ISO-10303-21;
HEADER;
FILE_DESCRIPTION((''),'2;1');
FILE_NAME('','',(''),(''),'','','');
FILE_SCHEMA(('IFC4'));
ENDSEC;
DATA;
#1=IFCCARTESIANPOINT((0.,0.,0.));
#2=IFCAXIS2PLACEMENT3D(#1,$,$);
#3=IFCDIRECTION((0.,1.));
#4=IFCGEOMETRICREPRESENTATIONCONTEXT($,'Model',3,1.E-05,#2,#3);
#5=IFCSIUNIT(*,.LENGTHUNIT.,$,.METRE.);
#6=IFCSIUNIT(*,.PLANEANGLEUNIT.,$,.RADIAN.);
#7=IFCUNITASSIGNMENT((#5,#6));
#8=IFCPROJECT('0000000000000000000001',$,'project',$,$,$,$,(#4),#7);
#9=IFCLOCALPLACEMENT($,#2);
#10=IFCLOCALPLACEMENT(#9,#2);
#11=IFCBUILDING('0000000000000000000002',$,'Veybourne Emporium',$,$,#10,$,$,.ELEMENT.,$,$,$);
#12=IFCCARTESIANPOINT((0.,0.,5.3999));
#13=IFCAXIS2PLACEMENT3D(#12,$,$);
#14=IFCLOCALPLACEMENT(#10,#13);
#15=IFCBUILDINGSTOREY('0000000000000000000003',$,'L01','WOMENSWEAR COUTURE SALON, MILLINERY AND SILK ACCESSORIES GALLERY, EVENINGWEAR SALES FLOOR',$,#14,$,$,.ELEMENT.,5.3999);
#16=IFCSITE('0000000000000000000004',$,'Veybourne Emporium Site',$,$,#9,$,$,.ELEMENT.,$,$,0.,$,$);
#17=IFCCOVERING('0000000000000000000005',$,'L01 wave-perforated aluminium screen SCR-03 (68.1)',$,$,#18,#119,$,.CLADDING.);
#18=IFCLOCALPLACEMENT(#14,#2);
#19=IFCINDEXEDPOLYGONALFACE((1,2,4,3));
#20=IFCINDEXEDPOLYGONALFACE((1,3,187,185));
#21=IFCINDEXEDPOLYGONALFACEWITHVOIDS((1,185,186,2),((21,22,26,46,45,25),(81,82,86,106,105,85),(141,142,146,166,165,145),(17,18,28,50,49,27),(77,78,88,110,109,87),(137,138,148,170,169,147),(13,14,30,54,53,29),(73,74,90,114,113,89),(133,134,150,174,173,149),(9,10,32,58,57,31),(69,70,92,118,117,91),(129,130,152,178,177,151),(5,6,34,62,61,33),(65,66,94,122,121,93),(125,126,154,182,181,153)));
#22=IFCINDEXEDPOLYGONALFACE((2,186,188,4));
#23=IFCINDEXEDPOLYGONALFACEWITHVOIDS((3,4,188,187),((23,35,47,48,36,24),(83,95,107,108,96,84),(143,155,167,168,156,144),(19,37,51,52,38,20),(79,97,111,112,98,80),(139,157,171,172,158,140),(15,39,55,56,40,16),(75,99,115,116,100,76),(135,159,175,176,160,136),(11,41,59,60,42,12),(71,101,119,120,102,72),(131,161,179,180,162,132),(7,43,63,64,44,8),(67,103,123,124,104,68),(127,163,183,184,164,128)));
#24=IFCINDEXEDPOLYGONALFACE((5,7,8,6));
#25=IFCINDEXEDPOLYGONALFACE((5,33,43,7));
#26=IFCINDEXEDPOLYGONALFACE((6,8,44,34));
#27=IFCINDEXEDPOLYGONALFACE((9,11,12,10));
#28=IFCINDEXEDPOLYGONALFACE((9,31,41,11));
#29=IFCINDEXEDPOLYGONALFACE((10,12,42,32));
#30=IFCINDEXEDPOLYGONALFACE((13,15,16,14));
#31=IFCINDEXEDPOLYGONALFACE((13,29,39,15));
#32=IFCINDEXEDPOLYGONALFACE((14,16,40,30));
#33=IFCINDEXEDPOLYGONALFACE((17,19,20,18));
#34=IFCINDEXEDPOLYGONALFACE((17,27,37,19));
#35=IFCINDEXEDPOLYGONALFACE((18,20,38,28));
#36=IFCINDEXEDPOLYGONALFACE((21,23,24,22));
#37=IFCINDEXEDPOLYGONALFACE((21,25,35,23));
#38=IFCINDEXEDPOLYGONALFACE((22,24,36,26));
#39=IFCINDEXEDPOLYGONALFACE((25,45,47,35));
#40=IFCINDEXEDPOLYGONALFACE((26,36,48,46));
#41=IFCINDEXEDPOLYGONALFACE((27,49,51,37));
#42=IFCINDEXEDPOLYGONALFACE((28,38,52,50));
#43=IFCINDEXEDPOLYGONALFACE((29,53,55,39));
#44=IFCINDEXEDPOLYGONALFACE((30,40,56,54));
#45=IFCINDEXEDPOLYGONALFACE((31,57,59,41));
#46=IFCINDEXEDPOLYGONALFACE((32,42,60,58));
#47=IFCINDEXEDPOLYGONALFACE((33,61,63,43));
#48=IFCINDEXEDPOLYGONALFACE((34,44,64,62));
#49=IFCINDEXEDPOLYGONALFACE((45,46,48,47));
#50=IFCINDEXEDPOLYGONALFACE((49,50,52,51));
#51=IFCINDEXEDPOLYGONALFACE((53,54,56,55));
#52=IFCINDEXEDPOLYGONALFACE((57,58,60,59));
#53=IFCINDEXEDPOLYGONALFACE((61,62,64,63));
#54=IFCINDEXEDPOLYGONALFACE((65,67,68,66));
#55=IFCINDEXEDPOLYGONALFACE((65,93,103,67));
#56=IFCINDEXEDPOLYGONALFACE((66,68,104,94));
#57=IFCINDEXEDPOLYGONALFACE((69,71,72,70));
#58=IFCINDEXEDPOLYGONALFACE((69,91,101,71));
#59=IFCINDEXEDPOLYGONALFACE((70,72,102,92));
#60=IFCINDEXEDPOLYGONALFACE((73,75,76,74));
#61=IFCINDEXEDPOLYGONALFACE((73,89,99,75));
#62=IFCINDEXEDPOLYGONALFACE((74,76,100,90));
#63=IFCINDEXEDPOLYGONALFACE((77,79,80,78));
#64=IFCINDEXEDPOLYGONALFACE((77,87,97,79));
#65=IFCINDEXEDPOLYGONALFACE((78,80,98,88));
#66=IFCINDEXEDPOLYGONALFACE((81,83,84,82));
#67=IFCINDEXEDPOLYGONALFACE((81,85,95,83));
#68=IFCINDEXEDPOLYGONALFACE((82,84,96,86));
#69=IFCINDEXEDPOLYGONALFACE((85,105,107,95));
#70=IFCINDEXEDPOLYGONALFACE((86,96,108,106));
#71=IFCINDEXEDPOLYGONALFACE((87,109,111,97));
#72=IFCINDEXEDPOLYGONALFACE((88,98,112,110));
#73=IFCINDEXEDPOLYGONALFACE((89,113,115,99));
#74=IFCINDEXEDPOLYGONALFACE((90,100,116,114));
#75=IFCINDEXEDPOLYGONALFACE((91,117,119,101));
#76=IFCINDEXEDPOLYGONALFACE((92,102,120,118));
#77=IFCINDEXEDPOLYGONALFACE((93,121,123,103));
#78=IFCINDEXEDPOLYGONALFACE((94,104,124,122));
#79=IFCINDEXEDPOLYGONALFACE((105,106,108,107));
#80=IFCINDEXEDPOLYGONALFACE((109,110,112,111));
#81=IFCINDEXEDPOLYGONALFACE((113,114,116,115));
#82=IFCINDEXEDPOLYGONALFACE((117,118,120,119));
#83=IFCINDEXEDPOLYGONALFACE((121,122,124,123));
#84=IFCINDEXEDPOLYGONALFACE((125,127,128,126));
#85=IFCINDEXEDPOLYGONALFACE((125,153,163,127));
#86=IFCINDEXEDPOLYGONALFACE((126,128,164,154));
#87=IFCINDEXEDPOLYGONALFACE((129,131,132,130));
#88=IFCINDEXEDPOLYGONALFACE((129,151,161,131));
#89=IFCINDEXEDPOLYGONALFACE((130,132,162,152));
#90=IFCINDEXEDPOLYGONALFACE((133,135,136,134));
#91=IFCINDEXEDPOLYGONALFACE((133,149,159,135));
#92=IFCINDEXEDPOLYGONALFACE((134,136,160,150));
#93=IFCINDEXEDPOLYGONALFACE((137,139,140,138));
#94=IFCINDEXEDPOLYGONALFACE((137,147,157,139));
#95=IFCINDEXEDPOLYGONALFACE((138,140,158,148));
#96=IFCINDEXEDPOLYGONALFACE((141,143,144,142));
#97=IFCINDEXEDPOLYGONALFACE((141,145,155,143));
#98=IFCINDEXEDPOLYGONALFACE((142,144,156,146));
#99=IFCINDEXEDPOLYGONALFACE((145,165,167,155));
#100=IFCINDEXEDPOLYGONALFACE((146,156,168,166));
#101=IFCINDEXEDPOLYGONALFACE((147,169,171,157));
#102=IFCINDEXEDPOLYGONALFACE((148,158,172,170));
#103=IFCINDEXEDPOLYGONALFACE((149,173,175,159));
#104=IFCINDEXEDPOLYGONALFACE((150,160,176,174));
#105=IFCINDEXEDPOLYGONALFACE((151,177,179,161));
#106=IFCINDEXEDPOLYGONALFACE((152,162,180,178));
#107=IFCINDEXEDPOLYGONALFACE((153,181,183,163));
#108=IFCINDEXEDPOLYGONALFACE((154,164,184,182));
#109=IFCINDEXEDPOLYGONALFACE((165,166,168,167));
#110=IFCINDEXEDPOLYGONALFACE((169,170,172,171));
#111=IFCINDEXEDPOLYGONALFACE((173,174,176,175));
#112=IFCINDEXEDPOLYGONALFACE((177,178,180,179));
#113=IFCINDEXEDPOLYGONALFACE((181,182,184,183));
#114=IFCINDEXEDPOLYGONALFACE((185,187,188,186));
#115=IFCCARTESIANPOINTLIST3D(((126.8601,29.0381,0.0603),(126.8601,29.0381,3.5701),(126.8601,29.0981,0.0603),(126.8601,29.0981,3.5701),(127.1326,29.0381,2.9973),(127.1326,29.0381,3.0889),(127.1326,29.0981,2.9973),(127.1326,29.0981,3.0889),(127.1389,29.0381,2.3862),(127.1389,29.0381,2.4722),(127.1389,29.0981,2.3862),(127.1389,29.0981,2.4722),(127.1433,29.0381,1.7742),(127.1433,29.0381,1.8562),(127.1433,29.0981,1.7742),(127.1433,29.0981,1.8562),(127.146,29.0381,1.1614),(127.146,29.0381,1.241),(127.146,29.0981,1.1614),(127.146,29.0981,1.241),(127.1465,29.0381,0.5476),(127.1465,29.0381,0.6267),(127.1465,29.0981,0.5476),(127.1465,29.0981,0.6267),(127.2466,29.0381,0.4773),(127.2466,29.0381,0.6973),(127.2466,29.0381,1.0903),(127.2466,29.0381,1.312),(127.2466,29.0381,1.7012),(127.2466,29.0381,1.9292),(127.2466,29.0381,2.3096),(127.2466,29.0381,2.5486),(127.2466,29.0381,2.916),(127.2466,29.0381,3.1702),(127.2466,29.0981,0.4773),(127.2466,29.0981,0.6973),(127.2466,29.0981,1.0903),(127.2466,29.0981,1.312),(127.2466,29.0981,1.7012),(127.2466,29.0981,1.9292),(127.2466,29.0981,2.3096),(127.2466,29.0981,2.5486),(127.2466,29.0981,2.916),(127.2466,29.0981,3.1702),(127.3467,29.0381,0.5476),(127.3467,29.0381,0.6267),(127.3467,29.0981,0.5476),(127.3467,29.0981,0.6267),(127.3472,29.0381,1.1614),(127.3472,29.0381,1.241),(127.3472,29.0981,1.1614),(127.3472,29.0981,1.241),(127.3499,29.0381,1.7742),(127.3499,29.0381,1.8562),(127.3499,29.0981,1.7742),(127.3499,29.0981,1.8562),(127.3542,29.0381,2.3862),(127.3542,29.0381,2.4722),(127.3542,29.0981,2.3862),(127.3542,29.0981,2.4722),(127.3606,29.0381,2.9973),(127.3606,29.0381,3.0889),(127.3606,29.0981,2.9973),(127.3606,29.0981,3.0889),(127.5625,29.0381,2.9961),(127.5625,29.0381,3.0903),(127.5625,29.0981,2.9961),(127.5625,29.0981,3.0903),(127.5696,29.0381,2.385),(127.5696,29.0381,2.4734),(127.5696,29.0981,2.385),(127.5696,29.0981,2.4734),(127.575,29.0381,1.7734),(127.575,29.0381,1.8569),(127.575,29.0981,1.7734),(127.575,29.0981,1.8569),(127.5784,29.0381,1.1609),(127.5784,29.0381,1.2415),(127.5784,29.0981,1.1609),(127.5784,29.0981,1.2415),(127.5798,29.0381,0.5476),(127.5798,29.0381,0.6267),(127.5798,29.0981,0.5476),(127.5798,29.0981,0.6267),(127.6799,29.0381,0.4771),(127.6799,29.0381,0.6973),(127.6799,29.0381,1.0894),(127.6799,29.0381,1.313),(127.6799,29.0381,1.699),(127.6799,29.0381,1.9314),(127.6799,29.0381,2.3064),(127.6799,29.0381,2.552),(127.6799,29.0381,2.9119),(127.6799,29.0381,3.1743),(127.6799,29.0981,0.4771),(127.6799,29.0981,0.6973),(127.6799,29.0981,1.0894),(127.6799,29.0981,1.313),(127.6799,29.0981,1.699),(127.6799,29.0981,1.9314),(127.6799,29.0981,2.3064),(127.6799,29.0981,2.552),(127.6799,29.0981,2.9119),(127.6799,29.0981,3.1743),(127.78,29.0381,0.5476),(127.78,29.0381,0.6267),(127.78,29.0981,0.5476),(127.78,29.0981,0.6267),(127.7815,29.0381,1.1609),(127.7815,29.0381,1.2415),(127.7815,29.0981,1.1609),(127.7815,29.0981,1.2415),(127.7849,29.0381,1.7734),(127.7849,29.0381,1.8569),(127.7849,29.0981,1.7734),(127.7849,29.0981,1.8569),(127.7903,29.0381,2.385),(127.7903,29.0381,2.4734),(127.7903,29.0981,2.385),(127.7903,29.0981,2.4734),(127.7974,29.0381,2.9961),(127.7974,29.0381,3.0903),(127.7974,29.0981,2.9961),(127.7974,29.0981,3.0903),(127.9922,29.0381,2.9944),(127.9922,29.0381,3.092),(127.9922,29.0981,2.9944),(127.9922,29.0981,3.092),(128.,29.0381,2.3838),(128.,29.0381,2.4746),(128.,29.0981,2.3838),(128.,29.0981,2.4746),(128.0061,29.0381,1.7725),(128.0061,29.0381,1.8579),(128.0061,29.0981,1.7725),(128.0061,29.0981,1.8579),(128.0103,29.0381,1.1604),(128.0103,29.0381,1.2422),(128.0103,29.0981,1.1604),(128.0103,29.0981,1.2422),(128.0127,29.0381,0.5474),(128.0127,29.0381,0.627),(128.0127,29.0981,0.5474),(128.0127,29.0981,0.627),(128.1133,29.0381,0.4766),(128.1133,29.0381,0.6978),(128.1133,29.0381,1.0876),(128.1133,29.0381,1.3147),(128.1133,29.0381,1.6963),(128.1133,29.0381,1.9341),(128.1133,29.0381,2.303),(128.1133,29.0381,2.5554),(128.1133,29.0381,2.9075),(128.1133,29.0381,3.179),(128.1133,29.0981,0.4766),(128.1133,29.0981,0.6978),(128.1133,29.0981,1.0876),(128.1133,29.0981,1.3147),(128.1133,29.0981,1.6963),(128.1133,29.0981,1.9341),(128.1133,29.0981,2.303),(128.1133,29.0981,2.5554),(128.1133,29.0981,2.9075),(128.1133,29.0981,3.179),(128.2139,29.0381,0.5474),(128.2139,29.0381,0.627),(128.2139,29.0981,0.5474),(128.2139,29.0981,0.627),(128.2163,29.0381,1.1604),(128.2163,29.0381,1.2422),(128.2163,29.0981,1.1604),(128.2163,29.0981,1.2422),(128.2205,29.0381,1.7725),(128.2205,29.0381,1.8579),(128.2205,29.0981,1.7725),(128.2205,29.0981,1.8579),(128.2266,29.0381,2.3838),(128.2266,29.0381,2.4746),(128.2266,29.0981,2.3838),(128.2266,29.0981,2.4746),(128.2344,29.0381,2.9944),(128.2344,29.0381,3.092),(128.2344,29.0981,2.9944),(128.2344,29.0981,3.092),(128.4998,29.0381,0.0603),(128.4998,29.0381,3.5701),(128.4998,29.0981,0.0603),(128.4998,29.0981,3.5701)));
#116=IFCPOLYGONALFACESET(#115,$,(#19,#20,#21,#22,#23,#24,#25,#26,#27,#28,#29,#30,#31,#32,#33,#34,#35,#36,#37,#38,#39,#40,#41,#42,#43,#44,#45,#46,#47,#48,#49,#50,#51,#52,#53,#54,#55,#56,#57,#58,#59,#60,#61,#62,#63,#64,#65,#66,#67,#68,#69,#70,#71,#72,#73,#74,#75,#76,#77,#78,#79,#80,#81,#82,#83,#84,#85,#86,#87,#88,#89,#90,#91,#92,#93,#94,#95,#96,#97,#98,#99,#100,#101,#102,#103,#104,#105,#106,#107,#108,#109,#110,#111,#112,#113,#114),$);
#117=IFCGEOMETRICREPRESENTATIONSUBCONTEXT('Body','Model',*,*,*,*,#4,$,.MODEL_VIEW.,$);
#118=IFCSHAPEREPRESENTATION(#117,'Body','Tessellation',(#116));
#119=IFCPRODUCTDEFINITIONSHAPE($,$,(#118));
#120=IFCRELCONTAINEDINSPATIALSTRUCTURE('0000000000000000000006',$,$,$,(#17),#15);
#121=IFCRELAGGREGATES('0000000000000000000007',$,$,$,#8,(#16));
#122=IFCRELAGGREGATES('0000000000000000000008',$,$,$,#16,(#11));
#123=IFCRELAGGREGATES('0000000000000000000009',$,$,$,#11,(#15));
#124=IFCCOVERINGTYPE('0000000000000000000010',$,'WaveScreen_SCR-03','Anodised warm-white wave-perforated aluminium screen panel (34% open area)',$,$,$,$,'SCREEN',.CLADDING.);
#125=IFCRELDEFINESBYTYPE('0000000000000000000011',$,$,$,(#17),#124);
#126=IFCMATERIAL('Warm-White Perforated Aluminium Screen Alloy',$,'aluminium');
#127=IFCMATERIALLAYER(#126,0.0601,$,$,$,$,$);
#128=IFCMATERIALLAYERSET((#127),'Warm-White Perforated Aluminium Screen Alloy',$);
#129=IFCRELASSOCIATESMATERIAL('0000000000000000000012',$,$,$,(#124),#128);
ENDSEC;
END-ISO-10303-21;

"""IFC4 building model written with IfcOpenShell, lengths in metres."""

from ifc_helpers import new_model, si_unit, direction, frame, origin, place, context, subcontext, project, spatial, polyline, outline, extrude, material, layer, layer_set, type_object, element, save


model = new_model("IFC4")

# Units and contexts
model_context = context("Model", 3, precision=1e-05, world=origin(), true_north=direction((0.0, 1.0)))
body_context = subcontext(model_context, "Body", "Model", "MODEL_VIEW")
ifc_project = project(units=[si_unit("LENGTHUNIT", "METRE"), si_unit("PLANEANGLEUNIT", "RADIAN")], contexts=[model_context])

# Site, building, storey
site_placement = place(None, origin())
site = spatial("IfcSite", under=ifc_project, at=site_placement, Name="Veybourne Emporium Site", CompositionType="ELEMENT", RefElevation=0.0)
building_placement = place(site_placement, origin())
building = spatial("IfcBuilding", under=site, at=building_placement, Name="Veybourne Emporium", CompositionType="ELEMENT")
storey_placement = place(building_placement, frame((0.0, 0.0, 5.3999)))
storey = spatial("IfcBuildingStorey", under=building, at=storey_placement, Name="L01", Description="WOMENSWEAR COUTURE SALON, MILLINERY AND SILK ACCESSORIES GALLERY, EVENINGWEAR SALES FLOOR", CompositionType="ELEMENT", Elevation=5.3999)

# Covering
ifc_material_1 = material(Name="Warm-White Perforated Aluminium Screen Alloy", Category="aluminium")
ifc_layer_1 = layer(ifc_material_1, 0.0601)
ifc_layer_set_1 = layer_set([ifc_layer_1], Name="Warm-White Perforated Aluminium Screen Alloy")
covering_type_1 = type_object("IfcCoveringType", Name="WaveScreen_SCR-03", Description="Anodised warm-white wave-perforated aluminium screen panel (34% open area)", ElementType="SCREEN", PredefinedType="CLADDING", material=ifc_layer_set_1)
covering_1_placement = place(storey_placement, frame((127.6799, 29.0981, 1.8152), z_axis=(0.0, -1.0, 0.0), x_axis=(1.0, 0.0, 0.0)))
element("IfcCovering", 1, at=covering_1_placement, inside=storey, type_object=covering_type_1, Name="L01 wave-perforated aluminium screen SCR-03 (68.1)", PredefinedType="CLADDING", context=body_context, shape_type="SweptSolid", body=[
    extrude(outline(polyline([(-0.8198, -1.7549), (0.8198, -1.7549), (0.8198, 1.7549), (-0.8198, 1.7549), (-0.8198, -1.7549)]), holes=[polyline([(-0.4333, -1.1179), (-0.3333, -1.1885), (-0.3333, -1.2676), (-0.4333, -1.3379), (-0.5334, -1.2676), (-0.5334, -1.1885), (-0.4333, -1.1179)]), polyline([(-0.4333, -0.5032), (-0.3328, -0.5742), (-0.3328, -0.6538), (-0.4333, -0.7249), (-0.5339, -0.6538), (-0.5339, -0.5742), (-0.4333, -0.5032)]), polyline([(-0.4333, 0.114), (-0.3301, 0.041), (-0.3301, -0.041), (-0.4333, -0.114), (-0.5366, -0.041), (-0.5366, 0.041), (-0.4333, 0.114)]), polyline([(-0.4333, 0.7334), (-0.3257, 0.657), (-0.3257, 0.571), (-0.4333, 0.4944), (-0.541, 0.571), (-0.541, 0.657), (-0.4333, 0.7334)]), polyline([(-0.4333, 1.355), (-0.3193, 1.2737), (-0.3193, 1.1821), (-0.4333, 1.1008), (-0.5474, 1.1821), (-0.5474, 1.2737), (-0.4333, 1.355)]), polyline([(0.0, -1.1179), (0.1001, -1.1885), (0.1001, -1.2676), (0.0, -1.3381), (-0.1001, -1.2676), (-0.1001, -1.1885), (0.0, -1.1179)]), polyline([(0.0, -0.5022), (0.1016, -0.5737), (0.1016, -0.6543), (0.0, -0.7258), (-0.1016, -0.6543), (-0.1016, -0.5737), (0.0, -0.5022)]), polyline([(0.0, 0.1162), (0.105, 0.0417), (0.105, -0.0417), (0.0, -0.1162), (-0.105, -0.0417), (-0.105, 0.0417), (0.0, 0.1162)]), polyline([(0.0, 0.7368), (0.1104, 0.6582), (0.1104, 0.5698), (0.0, 0.4912), (-0.1104, 0.5698), (-0.1104, 0.6582), (0.0, 0.7368)]), polyline([(0.0, 1.3591), (0.1174, 1.2751), (0.1174, 1.1809), (0.0, 1.0967), (-0.1174, 1.1809), (-0.1174, 1.2751), (0.0, 1.3591)]), polyline([(0.4333, -1.1174), (0.5339, -1.1882), (0.5339, -1.2678), (0.4333, -1.3386), (0.3328, -1.2678), (0.3328, -1.1882), (0.4333, -1.1174)]), polyline([(0.4333, -0.5005), (0.5364, -0.573), (0.5364, -0.6548), (0.4333, -0.7275), (0.3303, -0.6548), (0.3303, -0.573), (0.4333, -0.5005)]), polyline([(0.4333, 0.1189), (0.5405, 0.0427), (0.5405, -0.0427), (0.4333, -0.1189), (0.3262, -0.0427), (0.3262, 0.0427), (0.4333, 0.1189)]), polyline([(0.4333, 0.7402), (0.5466, 0.6594), (0.5466, 0.5686), (0.4333, 0.4878), (0.3201, 0.5686), (0.3201, 0.6594), (0.4333, 0.7402)]), polyline([(0.4333, 1.3638), (0.5544, 1.2769), (0.5544, 1.1792), (0.4333, 1.0923), (0.3123, 1.1792), (0.3123, 1.2769), (0.4333, 1.3638)])]), origin(), (0.0, 0.0, 1.0), 0.0601),
])

save(model, "model.ifc")
